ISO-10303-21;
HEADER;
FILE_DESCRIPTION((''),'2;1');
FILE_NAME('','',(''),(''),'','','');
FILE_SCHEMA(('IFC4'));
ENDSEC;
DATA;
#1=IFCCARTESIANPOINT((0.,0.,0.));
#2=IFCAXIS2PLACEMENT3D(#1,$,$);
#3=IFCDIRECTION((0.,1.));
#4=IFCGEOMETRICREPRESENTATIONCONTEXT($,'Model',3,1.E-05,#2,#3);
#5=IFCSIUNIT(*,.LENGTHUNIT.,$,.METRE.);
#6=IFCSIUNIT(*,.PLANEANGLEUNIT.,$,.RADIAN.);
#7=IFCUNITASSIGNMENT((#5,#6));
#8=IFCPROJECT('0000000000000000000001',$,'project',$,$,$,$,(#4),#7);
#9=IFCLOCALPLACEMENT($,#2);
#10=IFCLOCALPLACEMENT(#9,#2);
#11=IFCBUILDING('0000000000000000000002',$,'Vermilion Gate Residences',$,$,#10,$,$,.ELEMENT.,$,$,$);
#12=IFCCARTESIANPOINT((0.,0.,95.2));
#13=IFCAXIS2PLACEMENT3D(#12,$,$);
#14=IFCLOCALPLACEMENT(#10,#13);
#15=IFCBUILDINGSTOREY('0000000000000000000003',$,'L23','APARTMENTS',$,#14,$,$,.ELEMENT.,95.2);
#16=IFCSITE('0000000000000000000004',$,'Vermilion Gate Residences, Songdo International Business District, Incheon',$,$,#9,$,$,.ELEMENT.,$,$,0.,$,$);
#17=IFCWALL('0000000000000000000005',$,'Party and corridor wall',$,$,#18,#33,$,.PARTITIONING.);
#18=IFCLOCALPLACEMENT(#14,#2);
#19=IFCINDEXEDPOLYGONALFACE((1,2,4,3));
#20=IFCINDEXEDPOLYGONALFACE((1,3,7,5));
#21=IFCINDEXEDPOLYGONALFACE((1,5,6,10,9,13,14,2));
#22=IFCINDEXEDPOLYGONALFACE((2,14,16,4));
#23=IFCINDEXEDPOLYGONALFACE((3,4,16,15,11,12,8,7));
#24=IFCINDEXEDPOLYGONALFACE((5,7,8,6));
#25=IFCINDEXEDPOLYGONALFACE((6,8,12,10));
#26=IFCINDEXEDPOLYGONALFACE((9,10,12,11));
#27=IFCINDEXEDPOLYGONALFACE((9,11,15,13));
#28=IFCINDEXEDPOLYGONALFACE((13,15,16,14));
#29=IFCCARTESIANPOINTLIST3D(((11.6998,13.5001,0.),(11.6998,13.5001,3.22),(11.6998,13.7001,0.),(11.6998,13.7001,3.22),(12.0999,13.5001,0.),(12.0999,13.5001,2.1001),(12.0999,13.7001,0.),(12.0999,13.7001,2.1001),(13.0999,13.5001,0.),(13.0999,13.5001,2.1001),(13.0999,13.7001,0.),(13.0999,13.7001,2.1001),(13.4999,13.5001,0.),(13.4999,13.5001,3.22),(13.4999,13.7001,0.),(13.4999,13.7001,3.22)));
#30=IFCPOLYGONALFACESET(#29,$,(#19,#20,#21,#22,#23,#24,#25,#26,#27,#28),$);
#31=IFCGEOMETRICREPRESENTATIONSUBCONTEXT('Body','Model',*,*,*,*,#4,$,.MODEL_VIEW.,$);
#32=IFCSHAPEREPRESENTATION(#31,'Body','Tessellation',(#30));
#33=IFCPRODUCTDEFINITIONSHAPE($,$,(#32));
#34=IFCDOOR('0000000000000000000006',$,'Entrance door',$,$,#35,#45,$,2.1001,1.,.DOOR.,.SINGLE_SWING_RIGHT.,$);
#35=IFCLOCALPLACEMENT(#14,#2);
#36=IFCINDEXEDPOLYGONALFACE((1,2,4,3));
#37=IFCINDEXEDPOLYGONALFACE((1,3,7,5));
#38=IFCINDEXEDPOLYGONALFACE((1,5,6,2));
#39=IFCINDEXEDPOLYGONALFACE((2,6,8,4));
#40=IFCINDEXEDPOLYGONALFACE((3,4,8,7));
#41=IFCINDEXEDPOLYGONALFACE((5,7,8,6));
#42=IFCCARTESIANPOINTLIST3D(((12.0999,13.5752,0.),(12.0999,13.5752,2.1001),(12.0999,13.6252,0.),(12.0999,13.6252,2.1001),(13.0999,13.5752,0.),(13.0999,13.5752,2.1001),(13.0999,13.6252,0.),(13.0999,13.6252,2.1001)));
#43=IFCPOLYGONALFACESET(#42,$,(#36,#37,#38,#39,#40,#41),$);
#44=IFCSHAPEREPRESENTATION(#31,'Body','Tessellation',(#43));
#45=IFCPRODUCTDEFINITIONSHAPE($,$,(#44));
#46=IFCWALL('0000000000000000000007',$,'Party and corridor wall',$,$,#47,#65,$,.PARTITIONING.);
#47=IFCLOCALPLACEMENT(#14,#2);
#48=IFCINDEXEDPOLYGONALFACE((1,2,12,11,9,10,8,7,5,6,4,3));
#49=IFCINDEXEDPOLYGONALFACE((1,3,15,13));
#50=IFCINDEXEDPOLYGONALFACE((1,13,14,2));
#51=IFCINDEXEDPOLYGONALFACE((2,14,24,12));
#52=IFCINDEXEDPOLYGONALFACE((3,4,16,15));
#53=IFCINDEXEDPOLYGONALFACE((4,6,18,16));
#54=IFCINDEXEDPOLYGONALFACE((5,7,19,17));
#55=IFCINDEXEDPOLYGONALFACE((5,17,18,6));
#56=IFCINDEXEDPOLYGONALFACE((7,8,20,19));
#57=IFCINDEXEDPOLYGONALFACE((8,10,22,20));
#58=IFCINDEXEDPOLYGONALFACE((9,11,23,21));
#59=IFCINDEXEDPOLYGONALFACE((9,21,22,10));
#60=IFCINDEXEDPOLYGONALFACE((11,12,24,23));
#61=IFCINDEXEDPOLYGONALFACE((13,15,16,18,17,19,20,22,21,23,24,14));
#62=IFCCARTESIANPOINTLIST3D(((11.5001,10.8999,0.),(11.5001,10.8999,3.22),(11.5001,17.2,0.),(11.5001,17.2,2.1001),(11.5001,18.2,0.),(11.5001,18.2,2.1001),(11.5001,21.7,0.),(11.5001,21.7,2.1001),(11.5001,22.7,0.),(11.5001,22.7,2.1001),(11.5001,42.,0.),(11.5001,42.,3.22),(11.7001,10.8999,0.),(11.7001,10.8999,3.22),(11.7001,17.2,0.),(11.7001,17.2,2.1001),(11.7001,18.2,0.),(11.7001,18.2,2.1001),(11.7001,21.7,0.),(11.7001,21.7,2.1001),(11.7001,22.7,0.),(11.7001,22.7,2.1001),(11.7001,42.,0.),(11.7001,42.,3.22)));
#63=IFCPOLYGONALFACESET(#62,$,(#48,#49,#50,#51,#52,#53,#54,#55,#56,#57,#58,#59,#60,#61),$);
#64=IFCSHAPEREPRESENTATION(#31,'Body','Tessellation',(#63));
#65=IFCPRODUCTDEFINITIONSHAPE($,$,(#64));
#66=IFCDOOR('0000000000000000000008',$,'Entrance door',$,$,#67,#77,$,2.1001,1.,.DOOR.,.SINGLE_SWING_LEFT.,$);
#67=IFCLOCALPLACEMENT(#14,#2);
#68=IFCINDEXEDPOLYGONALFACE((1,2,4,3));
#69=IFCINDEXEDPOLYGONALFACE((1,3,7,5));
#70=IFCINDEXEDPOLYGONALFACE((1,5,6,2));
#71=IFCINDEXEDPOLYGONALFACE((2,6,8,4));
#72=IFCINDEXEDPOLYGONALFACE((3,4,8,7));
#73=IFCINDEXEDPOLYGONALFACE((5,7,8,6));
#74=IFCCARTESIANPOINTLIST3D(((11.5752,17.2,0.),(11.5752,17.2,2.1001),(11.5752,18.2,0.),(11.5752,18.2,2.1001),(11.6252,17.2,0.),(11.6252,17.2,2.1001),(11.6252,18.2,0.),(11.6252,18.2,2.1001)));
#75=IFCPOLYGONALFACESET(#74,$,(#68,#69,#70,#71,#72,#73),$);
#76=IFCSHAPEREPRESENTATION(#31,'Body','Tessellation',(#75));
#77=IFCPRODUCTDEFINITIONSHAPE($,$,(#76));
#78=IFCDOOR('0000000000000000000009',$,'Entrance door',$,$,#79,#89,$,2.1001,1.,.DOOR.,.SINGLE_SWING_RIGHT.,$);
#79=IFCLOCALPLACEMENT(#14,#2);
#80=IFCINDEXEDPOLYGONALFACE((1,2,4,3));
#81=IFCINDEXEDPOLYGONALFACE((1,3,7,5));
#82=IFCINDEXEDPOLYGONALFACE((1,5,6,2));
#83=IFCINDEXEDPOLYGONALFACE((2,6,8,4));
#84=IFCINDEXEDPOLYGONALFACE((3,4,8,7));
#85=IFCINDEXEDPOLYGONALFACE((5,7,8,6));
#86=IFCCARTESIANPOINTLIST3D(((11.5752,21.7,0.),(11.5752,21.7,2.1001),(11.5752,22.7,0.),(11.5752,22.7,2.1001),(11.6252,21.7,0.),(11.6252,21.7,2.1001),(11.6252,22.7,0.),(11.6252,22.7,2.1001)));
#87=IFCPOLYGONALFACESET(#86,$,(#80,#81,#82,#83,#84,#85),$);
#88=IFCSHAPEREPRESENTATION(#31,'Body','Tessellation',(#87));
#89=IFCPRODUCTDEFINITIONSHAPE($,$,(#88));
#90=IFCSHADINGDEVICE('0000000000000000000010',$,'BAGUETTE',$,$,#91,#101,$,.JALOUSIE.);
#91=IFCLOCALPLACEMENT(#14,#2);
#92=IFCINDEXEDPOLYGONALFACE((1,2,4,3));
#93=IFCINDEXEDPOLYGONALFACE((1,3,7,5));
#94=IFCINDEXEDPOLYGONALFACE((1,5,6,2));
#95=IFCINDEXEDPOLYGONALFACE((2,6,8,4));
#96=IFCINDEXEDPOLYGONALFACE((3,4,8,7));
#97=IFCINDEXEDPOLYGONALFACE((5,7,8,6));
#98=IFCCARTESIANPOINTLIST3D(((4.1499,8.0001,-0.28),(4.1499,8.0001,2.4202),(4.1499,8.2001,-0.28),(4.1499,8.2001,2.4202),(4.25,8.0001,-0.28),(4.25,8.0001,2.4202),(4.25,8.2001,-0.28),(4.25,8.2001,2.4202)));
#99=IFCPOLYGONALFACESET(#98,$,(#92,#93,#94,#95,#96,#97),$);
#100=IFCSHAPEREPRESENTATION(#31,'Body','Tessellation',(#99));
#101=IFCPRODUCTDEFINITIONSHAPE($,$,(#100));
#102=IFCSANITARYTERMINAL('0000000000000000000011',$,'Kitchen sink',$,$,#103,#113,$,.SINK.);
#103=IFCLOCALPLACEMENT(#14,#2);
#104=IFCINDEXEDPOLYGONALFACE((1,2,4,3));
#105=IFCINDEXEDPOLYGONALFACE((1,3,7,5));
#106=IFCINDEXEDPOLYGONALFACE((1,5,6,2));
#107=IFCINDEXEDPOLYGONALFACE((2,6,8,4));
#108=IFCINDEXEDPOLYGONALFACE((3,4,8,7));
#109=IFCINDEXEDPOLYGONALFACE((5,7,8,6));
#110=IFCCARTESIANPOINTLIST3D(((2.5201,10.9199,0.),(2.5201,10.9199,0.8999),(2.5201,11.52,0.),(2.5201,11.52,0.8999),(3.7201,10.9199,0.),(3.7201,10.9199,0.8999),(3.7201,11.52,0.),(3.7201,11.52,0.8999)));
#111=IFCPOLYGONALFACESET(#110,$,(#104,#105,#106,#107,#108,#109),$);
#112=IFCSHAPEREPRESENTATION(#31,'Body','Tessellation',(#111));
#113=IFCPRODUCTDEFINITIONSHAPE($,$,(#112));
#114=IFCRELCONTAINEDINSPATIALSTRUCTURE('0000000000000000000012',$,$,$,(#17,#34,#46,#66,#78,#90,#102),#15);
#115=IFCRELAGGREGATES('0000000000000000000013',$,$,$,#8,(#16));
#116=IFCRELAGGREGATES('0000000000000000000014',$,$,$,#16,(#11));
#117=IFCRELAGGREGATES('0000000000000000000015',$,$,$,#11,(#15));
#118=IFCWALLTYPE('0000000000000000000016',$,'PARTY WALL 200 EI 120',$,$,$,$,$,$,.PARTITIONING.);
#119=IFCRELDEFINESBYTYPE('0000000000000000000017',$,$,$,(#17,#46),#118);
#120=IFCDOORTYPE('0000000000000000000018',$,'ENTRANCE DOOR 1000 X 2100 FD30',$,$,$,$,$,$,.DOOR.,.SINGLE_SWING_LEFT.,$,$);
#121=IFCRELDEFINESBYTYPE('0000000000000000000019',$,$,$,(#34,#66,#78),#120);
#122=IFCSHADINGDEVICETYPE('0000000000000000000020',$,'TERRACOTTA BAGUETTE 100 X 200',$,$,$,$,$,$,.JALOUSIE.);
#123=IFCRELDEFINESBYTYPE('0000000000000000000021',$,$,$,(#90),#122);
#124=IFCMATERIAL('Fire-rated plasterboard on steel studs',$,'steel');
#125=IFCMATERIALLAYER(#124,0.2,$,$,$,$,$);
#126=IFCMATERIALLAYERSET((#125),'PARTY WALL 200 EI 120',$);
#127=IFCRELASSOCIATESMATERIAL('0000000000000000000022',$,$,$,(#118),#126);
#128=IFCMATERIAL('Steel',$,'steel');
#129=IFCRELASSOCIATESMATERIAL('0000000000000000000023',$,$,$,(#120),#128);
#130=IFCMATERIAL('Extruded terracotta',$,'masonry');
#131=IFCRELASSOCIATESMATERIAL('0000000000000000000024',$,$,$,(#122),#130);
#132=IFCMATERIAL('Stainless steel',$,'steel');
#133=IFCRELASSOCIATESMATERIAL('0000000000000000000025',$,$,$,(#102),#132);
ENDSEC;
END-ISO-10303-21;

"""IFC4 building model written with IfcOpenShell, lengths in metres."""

from ifc_helpers import new_model, si_unit, direction, frame, frame_2d, origin, origin_2d, place, context, subcontext, project, spatial, rectangle, extrude, material, layer, layer_set, material_profile, profile_set, type_object, element, fill, save


model = new_model("IFC4")

# Units and contexts
model_context = context("Model", 3, precision=1e-05, world=origin(), true_north=direction((0.0, 1.0)))
body_context = subcontext(model_context, "Body", "Model", "MODEL_VIEW")
ifc_project = project(units=[si_unit("LENGTHUNIT", "METRE"), si_unit("PLANEANGLEUNIT", "RADIAN")], contexts=[model_context])

# Site, building, storey
site_placement = place(None, origin())
site = spatial("IfcSite", under=ifc_project, at=site_placement, Name="Vermilion Gate Residences, Songdo International Business District, Incheon", CompositionType="ELEMENT", RefElevation=0.0)
building_placement = place(site_placement, origin())
building = spatial("IfcBuilding", under=site, at=building_placement, Name="Vermilion Gate Residences", CompositionType="ELEMENT")
storey_placement = place(building_placement, frame((0.0, 0.0, 95.2)))
storey = spatial("IfcBuildingStorey", under=building, at=storey_placement, Name="L23", Description="APARTMENTS", CompositionType="ELEMENT", Elevation=95.2)

# Wall, opening, door
ifc_material_1 = material(Name="Fire-rated plasterboard on steel studs", Category="steel")
ifc_layer_1 = layer(ifc_material_1, 0.2)
ifc_layer_set_1 = layer_set([ifc_layer_1], Name="PARTY WALL 200 EI 120")
wall_type_1 = type_object("IfcWallType", Name="PARTY WALL 200 EI 120", PredefinedType="PARTITIONING", material=ifc_layer_set_1)
wall_1_placement = place(storey_placement, frame((11.7, 13.6001, 0.0), z_axis=(0.0, 0.0, 1.0), x_axis=(1.0, 0.0, 0.0)))
wall_1 = element("IfcWall", 1, at=wall_1_placement, inside=storey, type_object=wall_type_1, Name="Party and corridor wall", PredefinedType="PARTITIONING", context=body_context, shape_type="SweptSolid", body=[
    extrude(rectangle(XDim=1.8, YDim=0.2, at=frame_2d((0.8999, 0.0))), origin(), (0.0, 0.0, 1.0), 3.22),
])
opening_1_placement = place(wall_1_placement, frame((0.3999, 0.0, 0.0)))
opening_1 = element("IfcOpeningElement", 2, at=opening_1_placement, cuts=wall_1, PredefinedType="OPENING", context=body_context, shape_type="SweptSolid", body=[
    extrude(rectangle(XDim=1.0, YDim=2.1001, at=frame_2d((0.5, 1.05))), frame((0.0, 0.1099, 0.0), z_axis=(0.0, -1.0, 0.0), x_axis=(1.0, 0.0, 0.0)), (0.0, 0.0, 1.0), 0.22),
])
ifc_material_2 = material(Name="Steel", Category="steel")
door_type_1 = type_object("IfcDoorType", Name="ENTRANCE DOOR 1000 X 2100 FD30", OperationType="SINGLE_SWING_LEFT", PredefinedType="DOOR", material=ifc_material_2)
door_1_placement = place(opening_1_placement, frame((1.0, 0.0, 0.0), z_axis=(0.0, 0.0, 1.0), x_axis=(-1.0, 0.0, 0.0)))
door_1 = element("IfcDoor", 3, at=door_1_placement, inside=storey, type_object=door_type_1, Name="Entrance door", OperationType="SINGLE_SWING_RIGHT", OverallHeight=2.1001, OverallWidth=1.0, PredefinedType="DOOR", context=body_context, shape_type="SweptSolid", body=[
    extrude(rectangle(XDim=1.0, YDim=2.1001, at=frame_2d((0.5, 1.05))), frame((0.0, 0.0249, 0.0), z_axis=(0.0, -1.0, 0.0), x_axis=(1.0, 0.0, 0.0)), (0.0, 0.0, 1.0), 0.05),
])
fill(opening_1, door_1)

# Wall, openings, doors
wall_2_placement = place(storey_placement, frame((11.6001, 10.8999, 0.0), z_axis=(0.0, 0.0, 1.0), x_axis=(0.0, 1.0, 0.0)))
wall_2 = element("IfcWall", 4, at=wall_2_placement, inside=storey, type_object=wall_type_1, Name="Party and corridor wall", PredefinedType="PARTITIONING", context=body_context, shape_type="SweptSolid", body=[
    extrude(rectangle(XDim=31.1001, YDim=0.2, at=frame_2d((15.55, 0.0))), origin(), (0.0, 0.0, 1.0), 3.22),
])
opening_2_placement = place(wall_2_placement, frame((6.3, 0.0, 0.0)))
opening_2 = element("IfcOpeningElement", 5, at=opening_2_placement, cuts=wall_2, PredefinedType="OPENING", context=body_context, shape_type="SweptSolid", body=[
    extrude(rectangle(XDim=1.0, YDim=2.1001, at=frame_2d((0.5, 1.05))), frame((0.0, 0.1099, 0.0), z_axis=(0.0, -1.0, 0.0), x_axis=(1.0, 0.0, 0.0)), (0.0, 0.0, 1.0), 0.22),
])
opening_3_placement = place(wall_2_placement, frame((10.8, 0.0, 0.0)))
opening_3 = element("IfcOpeningElement", 6, at=opening_3_placement, cuts=wall_2, PredefinedType="OPENING", context=body_context, shape_type="SweptSolid", body=[
    extrude(rectangle(XDim=1.0, YDim=2.1001, at=frame_2d((0.5, 1.05))), frame((0.0, 0.1099, 0.0), z_axis=(0.0, -1.0, 0.0), x_axis=(1.0, 0.0, 0.0)), (0.0, 0.0, 1.0), 0.22),
])
door_2_placement = place(opening_2_placement, origin())
door_2 = element("IfcDoor", 7, at=door_2_placement, inside=storey, type_object=door_type_1, Name="Entrance door", OperationType="SINGLE_SWING_LEFT", OverallHeight=2.1001, OverallWidth=1.0, PredefinedType="DOOR", context=body_context, shape_type="SweptSolid", body=[
    extrude(rectangle(XDim=1.0, YDim=2.1001, at=frame_2d((0.5, 1.05))), frame((0.0, 0.0249, 0.0), z_axis=(0.0, -1.0, 0.0), x_axis=(1.0, 0.0, 0.0)), (0.0, 0.0, 1.0), 0.05),
])
fill(opening_2, door_2)
door_3_placement = place(opening_3_placement, origin())
door_3 = element("IfcDoor", 8, at=door_3_placement, inside=storey, type_object=door_type_1, Name="Entrance door", OperationType="SINGLE_SWING_RIGHT", OverallHeight=2.1001, OverallWidth=1.0, PredefinedType="DOOR", context=body_context, shape_type="SweptSolid", body=[
    extrude(rectangle(XDim=1.0, YDim=2.1001, at=frame_2d((0.5, 1.05))), frame((0.0, 0.0249, 0.0), z_axis=(0.0, -1.0, 0.0), x_axis=(1.0, 0.0, 0.0)), (0.0, 0.0, 1.0), 0.05),
])
fill(opening_3, door_3)

# Shading device
ifc_material_3 = material(Name="Extruded terracotta", Category="masonry")
ifc_material_profile_1 = material_profile(ifc_material_3, rectangle(XDim=0.2, YDim=0.1001, at=origin_2d()), Name="BAGUETTE 100 X 200")
ifc_profile_set_1 = profile_set([ifc_material_profile_1], Name="Extruded terracotta")
shading_device_type = type_object("IfcShadingDeviceType", Name="TERRACOTTA BAGUETTE 100 X 200", PredefinedType="JALOUSIE", material=ifc_profile_set_1)
shading_device_placement = place(storey_placement, frame((4.2, 8.1001, -0.28), z_axis=(0.0, 0.0, 1.0), x_axis=(0.0, 1.0, 0.0)))
element("IfcShadingDevice", 9, at=shading_device_placement, inside=storey, type_object=shading_device_type, Name="BAGUETTE", PredefinedType="JALOUSIE", context=body_context, shape_type="SweptSolid", body=[
    extrude(rectangle(XDim=0.2, YDim=0.1001, at=origin_2d()), origin(), (0.0, 0.0, 1.0), 2.7002),
])

# Sanitary terminal
ifc_material_4 = material(Name="Stainless steel", Category="steel")
sanitary_terminal_placement = place(storey_placement, frame((3.1201, 11.22, 0.0), z_axis=(0.0, 0.0, 1.0), x_axis=(1.0, 0.0, 0.0)))
element("IfcSanitaryTerminal", 10, at=sanitary_terminal_placement, inside=storey, material=ifc_material_4, Name="Kitchen sink", PredefinedType="SINK", context=body_context, shape_type="SweptSolid", body=[
    extrude(rectangle(XDim=1.2, YDim=0.6001, at=origin_2d()), origin(), (0.0, 0.0, 1.0), 0.8999),
])

save(model, "model.ifc")
